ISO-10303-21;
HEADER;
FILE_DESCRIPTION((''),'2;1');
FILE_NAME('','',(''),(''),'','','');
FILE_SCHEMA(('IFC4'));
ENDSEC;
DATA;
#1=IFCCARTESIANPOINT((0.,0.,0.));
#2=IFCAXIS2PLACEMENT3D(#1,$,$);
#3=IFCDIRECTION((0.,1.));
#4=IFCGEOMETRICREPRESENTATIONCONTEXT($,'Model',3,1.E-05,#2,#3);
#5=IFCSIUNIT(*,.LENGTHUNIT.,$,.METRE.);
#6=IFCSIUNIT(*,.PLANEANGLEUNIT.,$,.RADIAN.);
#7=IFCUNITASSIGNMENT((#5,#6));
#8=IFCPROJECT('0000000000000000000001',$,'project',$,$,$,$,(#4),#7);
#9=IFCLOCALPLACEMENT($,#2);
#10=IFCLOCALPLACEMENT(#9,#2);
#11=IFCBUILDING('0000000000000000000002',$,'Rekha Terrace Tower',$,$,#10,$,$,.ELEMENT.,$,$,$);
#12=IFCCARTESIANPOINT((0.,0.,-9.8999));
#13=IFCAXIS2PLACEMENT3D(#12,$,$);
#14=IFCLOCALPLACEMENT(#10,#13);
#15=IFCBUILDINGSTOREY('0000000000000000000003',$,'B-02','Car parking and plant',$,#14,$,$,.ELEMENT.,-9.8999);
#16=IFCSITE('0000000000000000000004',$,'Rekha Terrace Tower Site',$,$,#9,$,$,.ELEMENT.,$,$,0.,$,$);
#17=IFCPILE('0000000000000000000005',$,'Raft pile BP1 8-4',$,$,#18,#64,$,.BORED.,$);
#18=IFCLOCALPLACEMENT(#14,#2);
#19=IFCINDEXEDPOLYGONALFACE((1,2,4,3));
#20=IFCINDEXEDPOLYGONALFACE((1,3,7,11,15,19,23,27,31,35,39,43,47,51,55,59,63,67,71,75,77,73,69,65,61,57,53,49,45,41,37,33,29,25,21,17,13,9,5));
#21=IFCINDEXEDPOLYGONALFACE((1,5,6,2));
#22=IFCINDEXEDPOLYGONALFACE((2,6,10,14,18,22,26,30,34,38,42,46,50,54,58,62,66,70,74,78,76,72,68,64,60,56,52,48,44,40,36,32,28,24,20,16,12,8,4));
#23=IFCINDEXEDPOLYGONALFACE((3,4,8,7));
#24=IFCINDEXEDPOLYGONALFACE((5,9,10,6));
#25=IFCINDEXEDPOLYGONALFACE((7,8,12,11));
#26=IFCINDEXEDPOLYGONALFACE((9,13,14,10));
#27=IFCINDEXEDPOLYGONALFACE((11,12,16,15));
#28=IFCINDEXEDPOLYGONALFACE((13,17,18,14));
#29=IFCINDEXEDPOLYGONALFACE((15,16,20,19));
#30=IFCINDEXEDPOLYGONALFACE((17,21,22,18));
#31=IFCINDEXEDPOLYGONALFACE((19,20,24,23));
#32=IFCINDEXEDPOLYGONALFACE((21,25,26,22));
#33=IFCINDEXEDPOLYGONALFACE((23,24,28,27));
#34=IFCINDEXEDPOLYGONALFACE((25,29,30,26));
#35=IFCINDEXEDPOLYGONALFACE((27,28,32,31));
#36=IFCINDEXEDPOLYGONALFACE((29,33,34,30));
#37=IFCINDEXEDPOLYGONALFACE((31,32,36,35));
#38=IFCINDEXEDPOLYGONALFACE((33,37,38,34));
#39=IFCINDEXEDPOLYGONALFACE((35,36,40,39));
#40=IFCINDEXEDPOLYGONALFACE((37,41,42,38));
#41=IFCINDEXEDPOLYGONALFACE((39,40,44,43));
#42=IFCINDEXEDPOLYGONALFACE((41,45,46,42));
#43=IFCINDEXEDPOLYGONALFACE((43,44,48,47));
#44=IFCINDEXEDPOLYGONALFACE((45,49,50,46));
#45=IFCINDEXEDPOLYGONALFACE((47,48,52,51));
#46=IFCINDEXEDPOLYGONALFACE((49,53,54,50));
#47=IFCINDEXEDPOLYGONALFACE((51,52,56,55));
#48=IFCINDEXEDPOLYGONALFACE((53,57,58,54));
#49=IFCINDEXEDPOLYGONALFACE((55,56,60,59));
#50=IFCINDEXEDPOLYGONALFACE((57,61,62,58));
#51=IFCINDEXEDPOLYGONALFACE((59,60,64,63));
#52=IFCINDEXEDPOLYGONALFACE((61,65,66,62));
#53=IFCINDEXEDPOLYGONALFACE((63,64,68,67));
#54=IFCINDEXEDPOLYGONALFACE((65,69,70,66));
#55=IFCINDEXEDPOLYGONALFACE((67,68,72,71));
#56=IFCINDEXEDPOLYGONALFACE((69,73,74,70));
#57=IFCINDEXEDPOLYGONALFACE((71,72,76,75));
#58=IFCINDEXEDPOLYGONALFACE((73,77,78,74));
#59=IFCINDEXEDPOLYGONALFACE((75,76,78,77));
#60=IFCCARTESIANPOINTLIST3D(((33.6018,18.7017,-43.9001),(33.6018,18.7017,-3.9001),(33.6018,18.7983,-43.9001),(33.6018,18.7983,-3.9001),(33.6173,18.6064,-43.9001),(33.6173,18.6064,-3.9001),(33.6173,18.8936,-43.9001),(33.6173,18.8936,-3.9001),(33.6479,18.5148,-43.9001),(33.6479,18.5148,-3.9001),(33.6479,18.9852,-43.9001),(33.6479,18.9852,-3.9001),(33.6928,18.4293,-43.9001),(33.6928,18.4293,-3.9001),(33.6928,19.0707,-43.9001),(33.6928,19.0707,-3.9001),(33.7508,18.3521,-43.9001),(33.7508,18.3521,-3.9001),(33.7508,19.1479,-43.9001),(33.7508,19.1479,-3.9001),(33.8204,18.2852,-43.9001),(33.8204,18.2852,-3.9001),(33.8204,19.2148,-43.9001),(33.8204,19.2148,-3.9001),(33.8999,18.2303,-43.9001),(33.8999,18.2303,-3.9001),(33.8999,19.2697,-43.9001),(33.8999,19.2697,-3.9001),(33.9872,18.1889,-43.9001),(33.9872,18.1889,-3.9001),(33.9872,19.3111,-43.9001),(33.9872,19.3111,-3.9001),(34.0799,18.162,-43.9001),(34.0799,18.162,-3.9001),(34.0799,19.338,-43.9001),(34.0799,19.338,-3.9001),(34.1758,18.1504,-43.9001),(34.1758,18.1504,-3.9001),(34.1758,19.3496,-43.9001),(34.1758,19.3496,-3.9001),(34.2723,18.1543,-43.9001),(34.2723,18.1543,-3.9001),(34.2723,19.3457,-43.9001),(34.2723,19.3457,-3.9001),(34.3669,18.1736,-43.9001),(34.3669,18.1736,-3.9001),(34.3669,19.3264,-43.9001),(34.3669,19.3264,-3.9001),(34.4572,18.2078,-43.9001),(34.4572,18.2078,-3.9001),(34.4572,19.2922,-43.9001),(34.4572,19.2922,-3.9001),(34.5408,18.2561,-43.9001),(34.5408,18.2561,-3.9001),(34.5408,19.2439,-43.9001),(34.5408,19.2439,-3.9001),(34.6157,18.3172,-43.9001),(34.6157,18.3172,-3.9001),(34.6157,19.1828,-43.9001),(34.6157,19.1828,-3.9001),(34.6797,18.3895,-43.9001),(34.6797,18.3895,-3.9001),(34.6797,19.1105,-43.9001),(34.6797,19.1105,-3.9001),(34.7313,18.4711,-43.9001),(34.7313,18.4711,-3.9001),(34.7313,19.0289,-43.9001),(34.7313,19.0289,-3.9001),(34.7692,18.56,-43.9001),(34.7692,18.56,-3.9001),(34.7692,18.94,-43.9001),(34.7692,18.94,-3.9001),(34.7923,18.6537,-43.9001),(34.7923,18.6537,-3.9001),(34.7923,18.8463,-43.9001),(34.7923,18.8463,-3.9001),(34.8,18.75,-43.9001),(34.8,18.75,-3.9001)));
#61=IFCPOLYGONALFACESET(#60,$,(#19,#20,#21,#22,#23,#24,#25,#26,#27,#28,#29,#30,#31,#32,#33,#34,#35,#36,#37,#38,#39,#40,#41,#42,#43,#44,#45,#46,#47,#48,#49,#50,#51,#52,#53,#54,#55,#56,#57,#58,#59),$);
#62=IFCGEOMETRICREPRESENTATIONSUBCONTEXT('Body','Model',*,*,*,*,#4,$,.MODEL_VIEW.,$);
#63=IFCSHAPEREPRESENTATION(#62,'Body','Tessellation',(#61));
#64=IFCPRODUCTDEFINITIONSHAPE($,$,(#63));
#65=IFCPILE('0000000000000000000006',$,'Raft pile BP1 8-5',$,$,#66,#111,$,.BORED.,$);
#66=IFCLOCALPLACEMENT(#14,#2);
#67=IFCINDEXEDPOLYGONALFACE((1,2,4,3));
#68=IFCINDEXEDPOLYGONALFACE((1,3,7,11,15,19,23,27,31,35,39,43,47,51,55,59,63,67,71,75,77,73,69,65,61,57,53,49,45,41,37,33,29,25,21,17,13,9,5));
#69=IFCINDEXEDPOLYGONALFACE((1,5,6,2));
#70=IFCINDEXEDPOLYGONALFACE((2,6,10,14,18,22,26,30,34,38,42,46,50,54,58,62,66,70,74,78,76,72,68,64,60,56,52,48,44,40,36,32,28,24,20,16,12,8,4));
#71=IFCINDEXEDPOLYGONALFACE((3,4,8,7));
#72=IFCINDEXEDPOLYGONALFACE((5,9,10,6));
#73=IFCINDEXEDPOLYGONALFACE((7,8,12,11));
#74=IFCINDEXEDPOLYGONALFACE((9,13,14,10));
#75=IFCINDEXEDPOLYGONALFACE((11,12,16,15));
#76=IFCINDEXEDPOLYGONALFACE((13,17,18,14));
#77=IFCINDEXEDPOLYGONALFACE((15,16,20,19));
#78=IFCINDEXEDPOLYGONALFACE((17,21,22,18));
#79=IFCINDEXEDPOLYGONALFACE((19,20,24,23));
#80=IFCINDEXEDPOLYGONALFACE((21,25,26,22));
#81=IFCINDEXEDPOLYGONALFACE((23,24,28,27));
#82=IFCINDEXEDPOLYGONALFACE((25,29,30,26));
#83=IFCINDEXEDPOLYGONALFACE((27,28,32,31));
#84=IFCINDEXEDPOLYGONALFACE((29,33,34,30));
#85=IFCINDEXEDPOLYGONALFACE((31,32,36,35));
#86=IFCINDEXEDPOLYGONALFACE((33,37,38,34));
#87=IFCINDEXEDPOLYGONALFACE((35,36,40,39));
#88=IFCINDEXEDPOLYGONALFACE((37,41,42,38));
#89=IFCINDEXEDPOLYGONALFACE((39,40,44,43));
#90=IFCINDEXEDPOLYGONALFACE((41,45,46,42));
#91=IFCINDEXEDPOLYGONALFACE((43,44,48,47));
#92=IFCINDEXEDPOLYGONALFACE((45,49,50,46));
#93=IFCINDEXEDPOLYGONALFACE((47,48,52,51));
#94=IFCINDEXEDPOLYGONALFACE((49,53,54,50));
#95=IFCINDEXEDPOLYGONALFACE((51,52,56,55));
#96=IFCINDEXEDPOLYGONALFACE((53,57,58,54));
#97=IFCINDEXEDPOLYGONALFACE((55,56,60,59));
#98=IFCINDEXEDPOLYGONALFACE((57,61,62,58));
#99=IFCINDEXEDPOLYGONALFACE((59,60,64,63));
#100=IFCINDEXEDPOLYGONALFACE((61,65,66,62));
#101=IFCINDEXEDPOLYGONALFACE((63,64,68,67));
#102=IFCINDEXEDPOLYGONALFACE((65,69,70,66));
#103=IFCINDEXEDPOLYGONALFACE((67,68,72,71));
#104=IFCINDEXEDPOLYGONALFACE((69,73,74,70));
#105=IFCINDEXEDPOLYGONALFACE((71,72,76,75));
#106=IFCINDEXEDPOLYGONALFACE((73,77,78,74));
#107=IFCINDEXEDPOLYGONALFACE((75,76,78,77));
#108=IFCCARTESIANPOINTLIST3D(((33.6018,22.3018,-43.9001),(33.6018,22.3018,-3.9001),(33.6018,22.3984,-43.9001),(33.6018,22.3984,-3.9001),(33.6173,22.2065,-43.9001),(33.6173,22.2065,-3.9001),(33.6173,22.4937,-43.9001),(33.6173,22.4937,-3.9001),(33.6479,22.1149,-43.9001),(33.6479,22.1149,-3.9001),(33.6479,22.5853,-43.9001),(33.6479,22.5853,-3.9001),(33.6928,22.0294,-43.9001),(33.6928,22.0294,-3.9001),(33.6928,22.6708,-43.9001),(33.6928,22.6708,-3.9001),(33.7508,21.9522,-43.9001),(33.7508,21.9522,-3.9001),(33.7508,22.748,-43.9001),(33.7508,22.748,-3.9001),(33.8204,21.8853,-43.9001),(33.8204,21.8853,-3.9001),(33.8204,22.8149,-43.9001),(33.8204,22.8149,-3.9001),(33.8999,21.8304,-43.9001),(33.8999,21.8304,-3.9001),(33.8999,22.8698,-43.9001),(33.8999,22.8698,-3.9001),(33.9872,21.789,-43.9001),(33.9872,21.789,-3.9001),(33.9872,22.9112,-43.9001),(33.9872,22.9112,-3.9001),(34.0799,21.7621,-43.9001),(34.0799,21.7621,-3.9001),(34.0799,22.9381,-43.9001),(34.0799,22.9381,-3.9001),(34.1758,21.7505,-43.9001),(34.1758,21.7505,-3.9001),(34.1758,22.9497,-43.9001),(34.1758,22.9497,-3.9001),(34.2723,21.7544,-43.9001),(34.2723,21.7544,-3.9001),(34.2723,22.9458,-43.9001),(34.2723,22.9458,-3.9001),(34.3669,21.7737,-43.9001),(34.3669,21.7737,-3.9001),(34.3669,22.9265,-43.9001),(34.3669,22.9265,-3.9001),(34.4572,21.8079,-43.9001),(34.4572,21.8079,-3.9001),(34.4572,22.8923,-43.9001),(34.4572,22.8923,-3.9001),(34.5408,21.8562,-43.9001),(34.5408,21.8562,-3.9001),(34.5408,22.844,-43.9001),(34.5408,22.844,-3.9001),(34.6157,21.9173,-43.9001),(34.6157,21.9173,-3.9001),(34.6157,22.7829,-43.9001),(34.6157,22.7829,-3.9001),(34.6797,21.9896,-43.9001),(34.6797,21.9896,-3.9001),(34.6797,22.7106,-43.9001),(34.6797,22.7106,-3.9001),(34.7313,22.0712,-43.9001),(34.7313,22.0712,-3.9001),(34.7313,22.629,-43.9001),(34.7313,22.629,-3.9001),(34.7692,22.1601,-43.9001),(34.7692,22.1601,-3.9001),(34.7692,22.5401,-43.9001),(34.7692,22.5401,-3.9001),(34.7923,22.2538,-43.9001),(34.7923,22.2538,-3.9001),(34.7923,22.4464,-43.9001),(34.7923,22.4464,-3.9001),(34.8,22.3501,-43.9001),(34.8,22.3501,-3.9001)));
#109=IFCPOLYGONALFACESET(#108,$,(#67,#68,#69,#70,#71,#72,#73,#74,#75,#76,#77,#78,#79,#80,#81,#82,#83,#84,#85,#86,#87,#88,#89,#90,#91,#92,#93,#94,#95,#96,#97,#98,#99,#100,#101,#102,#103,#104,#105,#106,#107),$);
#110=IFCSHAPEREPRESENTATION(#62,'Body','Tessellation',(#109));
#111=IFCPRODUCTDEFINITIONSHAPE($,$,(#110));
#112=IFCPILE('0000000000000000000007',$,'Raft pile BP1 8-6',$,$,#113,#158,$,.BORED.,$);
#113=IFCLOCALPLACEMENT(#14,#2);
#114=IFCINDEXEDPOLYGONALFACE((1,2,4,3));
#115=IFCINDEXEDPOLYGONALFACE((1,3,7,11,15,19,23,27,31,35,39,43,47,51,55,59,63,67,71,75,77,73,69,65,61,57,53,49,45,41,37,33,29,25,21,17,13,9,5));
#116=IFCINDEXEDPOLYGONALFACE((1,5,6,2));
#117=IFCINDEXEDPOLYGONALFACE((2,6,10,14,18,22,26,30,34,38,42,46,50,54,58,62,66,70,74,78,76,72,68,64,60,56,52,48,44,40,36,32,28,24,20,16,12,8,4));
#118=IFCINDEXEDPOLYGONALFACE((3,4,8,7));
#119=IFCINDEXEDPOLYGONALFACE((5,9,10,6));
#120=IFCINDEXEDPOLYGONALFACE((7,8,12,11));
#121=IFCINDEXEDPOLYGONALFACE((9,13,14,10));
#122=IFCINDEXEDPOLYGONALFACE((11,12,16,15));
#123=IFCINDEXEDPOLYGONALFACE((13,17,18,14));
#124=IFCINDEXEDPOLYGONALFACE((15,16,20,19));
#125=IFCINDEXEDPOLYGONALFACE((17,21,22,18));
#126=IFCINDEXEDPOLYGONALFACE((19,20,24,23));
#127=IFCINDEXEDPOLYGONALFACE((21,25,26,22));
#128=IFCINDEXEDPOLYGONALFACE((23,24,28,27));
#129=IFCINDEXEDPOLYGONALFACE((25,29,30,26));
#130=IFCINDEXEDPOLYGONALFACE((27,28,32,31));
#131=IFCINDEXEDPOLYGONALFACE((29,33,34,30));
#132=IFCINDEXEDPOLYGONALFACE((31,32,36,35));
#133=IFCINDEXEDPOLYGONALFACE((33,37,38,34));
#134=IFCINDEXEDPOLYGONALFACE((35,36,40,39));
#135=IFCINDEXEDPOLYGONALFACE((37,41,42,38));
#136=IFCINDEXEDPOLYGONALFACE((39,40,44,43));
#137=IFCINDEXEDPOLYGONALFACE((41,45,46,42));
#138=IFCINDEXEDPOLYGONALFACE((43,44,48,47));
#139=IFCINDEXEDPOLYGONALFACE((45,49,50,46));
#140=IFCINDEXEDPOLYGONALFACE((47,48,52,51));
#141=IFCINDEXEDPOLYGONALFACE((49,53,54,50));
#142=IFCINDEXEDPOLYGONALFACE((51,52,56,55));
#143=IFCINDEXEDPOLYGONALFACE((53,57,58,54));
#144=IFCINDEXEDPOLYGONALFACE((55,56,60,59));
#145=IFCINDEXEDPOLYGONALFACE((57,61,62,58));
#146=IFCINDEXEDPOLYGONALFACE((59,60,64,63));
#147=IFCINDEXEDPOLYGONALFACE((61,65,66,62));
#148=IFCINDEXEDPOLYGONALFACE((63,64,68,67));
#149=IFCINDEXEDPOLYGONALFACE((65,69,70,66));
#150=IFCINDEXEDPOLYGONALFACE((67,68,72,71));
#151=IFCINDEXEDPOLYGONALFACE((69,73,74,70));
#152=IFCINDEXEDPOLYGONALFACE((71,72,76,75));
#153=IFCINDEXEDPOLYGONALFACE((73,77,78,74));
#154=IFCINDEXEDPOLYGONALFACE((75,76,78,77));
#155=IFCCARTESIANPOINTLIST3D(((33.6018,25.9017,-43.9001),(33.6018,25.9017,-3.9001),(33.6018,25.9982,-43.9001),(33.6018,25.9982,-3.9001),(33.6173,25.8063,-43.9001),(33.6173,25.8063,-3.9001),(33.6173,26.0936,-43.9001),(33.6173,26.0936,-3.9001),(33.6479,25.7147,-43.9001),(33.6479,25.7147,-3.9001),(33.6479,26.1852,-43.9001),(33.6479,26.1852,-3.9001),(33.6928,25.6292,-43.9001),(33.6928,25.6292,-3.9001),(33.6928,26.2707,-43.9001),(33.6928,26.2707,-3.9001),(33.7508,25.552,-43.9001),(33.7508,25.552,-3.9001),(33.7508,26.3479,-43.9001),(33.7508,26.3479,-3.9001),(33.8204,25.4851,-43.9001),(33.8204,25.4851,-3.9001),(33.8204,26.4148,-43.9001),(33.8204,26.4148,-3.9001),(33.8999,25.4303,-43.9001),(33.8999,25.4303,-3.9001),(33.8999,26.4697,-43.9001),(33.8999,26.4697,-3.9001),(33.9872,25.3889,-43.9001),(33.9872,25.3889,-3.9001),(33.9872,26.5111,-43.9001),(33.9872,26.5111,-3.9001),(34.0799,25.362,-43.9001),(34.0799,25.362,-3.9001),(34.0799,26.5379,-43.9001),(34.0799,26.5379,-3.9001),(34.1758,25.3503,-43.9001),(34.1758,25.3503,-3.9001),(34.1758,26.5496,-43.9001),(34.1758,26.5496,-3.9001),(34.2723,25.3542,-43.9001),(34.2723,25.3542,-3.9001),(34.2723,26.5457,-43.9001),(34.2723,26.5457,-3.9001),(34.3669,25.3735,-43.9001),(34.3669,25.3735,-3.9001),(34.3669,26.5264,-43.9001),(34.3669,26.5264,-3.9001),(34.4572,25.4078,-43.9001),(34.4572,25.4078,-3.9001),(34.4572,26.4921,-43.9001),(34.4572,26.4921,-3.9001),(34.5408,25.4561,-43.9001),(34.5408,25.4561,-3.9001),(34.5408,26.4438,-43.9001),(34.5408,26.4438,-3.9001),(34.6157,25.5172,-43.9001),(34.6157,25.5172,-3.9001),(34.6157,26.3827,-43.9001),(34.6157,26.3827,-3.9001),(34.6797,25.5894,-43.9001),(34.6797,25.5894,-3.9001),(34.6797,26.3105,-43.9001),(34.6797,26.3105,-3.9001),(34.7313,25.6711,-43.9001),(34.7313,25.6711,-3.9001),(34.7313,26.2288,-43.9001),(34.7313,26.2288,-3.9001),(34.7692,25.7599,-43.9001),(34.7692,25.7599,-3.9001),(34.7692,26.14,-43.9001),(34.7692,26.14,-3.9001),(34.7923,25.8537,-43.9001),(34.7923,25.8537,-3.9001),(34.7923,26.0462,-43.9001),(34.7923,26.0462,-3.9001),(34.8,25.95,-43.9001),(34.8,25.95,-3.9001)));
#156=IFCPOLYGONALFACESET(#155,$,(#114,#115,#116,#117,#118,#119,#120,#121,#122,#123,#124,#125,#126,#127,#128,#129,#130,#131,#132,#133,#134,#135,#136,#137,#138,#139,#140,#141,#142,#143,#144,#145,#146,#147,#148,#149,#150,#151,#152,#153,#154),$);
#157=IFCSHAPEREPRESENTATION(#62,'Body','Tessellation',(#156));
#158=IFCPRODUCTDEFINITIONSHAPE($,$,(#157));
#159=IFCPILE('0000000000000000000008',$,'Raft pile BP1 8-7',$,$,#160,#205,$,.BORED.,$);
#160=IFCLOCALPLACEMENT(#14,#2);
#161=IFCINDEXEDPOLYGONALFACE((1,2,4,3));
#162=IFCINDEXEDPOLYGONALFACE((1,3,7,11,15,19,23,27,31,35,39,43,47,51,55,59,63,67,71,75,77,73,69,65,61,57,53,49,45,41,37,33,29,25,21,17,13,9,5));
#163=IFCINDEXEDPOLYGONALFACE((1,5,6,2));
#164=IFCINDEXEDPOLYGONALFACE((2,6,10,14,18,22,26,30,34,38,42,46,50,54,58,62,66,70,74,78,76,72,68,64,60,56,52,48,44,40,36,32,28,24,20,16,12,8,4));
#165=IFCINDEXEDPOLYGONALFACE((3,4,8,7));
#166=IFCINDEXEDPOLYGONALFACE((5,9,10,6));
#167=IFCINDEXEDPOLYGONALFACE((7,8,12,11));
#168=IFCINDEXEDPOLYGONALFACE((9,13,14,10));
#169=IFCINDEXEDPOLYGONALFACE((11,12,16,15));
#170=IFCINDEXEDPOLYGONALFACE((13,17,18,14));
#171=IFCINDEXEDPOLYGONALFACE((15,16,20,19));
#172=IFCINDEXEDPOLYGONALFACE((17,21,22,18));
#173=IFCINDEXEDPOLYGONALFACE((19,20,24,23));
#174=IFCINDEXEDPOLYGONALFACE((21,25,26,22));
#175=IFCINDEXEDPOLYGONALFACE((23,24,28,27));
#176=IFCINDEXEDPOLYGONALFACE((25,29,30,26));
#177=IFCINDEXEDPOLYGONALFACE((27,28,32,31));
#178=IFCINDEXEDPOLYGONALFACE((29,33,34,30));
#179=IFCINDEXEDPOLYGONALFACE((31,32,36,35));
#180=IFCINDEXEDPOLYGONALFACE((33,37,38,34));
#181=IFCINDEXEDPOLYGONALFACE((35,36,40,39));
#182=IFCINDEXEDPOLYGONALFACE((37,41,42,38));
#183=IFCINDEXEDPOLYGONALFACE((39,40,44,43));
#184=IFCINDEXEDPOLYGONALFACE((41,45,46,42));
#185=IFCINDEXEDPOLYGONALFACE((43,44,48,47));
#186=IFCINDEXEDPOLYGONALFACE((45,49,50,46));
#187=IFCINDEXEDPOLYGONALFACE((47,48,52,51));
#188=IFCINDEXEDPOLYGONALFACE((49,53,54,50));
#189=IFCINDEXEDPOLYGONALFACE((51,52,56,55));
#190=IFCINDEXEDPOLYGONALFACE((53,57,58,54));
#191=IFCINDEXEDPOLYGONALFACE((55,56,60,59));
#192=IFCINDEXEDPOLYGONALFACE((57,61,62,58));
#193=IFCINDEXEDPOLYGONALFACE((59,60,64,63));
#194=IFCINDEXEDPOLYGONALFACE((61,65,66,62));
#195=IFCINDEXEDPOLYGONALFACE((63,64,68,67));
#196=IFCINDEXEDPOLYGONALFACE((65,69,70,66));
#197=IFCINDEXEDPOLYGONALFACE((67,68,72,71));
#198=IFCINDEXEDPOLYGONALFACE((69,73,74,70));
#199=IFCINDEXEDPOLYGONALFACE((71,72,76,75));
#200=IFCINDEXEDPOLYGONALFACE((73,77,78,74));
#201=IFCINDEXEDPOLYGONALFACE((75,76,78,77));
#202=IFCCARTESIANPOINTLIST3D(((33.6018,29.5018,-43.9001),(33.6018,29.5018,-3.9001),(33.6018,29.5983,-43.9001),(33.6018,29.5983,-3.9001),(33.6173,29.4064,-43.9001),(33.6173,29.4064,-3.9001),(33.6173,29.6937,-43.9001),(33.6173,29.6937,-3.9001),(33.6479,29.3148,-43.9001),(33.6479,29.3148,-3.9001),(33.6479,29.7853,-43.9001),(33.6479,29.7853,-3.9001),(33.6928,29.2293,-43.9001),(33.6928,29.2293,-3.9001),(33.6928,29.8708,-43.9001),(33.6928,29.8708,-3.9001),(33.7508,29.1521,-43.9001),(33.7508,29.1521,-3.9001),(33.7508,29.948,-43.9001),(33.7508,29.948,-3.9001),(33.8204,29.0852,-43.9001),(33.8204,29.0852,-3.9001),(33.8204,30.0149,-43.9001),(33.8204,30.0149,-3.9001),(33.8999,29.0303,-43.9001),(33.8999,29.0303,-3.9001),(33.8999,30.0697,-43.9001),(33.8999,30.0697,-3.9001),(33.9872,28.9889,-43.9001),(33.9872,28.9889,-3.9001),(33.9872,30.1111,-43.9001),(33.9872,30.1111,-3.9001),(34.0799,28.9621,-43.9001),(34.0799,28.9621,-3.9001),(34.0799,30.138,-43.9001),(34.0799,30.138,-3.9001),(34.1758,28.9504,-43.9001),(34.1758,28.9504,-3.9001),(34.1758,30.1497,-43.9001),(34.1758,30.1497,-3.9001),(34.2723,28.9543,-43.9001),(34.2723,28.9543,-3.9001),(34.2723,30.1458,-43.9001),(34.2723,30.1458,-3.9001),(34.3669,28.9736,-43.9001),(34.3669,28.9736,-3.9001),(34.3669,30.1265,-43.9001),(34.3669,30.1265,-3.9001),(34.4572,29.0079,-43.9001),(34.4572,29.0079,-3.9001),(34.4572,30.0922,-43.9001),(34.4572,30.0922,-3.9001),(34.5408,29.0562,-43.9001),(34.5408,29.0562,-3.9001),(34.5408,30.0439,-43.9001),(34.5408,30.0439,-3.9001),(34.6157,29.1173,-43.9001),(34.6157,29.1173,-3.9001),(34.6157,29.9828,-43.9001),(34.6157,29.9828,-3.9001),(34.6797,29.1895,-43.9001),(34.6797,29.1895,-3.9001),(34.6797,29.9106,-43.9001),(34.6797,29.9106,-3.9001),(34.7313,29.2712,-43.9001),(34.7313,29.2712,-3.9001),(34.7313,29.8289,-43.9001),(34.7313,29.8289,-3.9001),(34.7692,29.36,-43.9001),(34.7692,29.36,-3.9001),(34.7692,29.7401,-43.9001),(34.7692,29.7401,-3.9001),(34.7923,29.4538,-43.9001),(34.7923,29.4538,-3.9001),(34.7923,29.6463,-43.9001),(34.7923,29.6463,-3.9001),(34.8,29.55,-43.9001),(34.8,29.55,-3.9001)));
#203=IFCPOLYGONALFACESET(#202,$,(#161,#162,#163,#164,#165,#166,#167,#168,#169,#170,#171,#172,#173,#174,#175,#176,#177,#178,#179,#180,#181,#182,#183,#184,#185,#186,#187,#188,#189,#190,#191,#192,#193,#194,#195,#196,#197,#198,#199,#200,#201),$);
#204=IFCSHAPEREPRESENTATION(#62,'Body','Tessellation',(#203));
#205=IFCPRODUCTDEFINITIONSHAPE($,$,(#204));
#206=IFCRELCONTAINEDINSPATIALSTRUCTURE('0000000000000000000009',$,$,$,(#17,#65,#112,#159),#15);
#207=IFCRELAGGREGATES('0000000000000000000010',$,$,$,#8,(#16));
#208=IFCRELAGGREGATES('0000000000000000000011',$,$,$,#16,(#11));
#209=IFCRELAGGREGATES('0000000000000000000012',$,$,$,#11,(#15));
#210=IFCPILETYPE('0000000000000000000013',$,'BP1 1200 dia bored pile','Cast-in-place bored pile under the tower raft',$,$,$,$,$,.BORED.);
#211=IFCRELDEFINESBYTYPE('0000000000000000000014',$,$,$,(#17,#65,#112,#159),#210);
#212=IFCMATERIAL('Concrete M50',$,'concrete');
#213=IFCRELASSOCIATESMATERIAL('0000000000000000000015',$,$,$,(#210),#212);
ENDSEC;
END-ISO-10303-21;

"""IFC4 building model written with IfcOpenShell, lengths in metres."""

from ifc_helpers import new_model, si_unit, direction, frame, origin, origin_2d, place, context, subcontext, project, spatial, circle, extrude, material, type_object, element, save


model = new_model("IFC4")

# Units and contexts
model_context = context("Model", 3, precision=1e-05, world=origin(), true_north=direction((0.0, 1.0)))
body_context = subcontext(model_context, "Body", "Model", "MODEL_VIEW")
ifc_project = project(units=[si_unit("LENGTHUNIT", "METRE"), si_unit("PLANEANGLEUNIT", "RADIAN")], contexts=[model_context])

# Site, building, storey
site_placement = place(None, origin())
site = spatial("IfcSite", under=ifc_project, at=site_placement, Name="Rekha Terrace Tower Site", CompositionType="ELEMENT", RefElevation=0.0)
building_placement = place(site_placement, origin())
building = spatial("IfcBuilding", under=site, at=building_placement, Name="Rekha Terrace Tower", CompositionType="ELEMENT")
storey_placement = place(building_placement, frame((0.0, 0.0, -9.8999)))
storey = spatial("IfcBuildingStorey", under=building, at=storey_placement, Name="B-02", Description="Car parking and plant", CompositionType="ELEMENT", Elevation=-9.8999)

# Piles
ifc_material_1 = material(Name="Concrete M50", Category="concrete")
pile_type = type_object("IfcPileType", Name="BP1 1200 dia bored pile", Description="Cast-in-place bored pile under the tower raft", PredefinedType="BORED", material=ifc_material_1)
for number, where, z_axis, x_axis, name in (
    (1, (34.2, 18.75, -3.9001), (0.0, 0.0, -1.0), (1.0, 0.0, 0.0), "Raft pile BP1 8-4"),
    (2, (34.2, 22.3501, -3.9001), (0.0, 0.0, -1.0), (1.0, 0.0, 0.0), "Raft pile BP1 8-5"),
    (3, (34.2, 25.95, -3.9001), (0.0, 0.0, -1.0), (1.0, 0.0, 0.0), "Raft pile BP1 8-6"),
    (4, (34.2, 29.55, -3.9001), (0.0, 0.0, -1.0), (1.0, 0.0, 0.0), "Raft pile BP1 8-7"),
):
    element("IfcPile", number, at=place(storey_placement, frame(where, z_axis=z_axis, x_axis=x_axis)), inside=storey, type_object=pile_type, Name=name, PredefinedType="BORED", context=body_context, shape_type="SweptSolid", body=[
        extrude(circle(Radius=0.6001, at=origin_2d()), origin(), (0.0, 0.0, 1.0), 40.0),
    ])

save(model, "model.ifc")
